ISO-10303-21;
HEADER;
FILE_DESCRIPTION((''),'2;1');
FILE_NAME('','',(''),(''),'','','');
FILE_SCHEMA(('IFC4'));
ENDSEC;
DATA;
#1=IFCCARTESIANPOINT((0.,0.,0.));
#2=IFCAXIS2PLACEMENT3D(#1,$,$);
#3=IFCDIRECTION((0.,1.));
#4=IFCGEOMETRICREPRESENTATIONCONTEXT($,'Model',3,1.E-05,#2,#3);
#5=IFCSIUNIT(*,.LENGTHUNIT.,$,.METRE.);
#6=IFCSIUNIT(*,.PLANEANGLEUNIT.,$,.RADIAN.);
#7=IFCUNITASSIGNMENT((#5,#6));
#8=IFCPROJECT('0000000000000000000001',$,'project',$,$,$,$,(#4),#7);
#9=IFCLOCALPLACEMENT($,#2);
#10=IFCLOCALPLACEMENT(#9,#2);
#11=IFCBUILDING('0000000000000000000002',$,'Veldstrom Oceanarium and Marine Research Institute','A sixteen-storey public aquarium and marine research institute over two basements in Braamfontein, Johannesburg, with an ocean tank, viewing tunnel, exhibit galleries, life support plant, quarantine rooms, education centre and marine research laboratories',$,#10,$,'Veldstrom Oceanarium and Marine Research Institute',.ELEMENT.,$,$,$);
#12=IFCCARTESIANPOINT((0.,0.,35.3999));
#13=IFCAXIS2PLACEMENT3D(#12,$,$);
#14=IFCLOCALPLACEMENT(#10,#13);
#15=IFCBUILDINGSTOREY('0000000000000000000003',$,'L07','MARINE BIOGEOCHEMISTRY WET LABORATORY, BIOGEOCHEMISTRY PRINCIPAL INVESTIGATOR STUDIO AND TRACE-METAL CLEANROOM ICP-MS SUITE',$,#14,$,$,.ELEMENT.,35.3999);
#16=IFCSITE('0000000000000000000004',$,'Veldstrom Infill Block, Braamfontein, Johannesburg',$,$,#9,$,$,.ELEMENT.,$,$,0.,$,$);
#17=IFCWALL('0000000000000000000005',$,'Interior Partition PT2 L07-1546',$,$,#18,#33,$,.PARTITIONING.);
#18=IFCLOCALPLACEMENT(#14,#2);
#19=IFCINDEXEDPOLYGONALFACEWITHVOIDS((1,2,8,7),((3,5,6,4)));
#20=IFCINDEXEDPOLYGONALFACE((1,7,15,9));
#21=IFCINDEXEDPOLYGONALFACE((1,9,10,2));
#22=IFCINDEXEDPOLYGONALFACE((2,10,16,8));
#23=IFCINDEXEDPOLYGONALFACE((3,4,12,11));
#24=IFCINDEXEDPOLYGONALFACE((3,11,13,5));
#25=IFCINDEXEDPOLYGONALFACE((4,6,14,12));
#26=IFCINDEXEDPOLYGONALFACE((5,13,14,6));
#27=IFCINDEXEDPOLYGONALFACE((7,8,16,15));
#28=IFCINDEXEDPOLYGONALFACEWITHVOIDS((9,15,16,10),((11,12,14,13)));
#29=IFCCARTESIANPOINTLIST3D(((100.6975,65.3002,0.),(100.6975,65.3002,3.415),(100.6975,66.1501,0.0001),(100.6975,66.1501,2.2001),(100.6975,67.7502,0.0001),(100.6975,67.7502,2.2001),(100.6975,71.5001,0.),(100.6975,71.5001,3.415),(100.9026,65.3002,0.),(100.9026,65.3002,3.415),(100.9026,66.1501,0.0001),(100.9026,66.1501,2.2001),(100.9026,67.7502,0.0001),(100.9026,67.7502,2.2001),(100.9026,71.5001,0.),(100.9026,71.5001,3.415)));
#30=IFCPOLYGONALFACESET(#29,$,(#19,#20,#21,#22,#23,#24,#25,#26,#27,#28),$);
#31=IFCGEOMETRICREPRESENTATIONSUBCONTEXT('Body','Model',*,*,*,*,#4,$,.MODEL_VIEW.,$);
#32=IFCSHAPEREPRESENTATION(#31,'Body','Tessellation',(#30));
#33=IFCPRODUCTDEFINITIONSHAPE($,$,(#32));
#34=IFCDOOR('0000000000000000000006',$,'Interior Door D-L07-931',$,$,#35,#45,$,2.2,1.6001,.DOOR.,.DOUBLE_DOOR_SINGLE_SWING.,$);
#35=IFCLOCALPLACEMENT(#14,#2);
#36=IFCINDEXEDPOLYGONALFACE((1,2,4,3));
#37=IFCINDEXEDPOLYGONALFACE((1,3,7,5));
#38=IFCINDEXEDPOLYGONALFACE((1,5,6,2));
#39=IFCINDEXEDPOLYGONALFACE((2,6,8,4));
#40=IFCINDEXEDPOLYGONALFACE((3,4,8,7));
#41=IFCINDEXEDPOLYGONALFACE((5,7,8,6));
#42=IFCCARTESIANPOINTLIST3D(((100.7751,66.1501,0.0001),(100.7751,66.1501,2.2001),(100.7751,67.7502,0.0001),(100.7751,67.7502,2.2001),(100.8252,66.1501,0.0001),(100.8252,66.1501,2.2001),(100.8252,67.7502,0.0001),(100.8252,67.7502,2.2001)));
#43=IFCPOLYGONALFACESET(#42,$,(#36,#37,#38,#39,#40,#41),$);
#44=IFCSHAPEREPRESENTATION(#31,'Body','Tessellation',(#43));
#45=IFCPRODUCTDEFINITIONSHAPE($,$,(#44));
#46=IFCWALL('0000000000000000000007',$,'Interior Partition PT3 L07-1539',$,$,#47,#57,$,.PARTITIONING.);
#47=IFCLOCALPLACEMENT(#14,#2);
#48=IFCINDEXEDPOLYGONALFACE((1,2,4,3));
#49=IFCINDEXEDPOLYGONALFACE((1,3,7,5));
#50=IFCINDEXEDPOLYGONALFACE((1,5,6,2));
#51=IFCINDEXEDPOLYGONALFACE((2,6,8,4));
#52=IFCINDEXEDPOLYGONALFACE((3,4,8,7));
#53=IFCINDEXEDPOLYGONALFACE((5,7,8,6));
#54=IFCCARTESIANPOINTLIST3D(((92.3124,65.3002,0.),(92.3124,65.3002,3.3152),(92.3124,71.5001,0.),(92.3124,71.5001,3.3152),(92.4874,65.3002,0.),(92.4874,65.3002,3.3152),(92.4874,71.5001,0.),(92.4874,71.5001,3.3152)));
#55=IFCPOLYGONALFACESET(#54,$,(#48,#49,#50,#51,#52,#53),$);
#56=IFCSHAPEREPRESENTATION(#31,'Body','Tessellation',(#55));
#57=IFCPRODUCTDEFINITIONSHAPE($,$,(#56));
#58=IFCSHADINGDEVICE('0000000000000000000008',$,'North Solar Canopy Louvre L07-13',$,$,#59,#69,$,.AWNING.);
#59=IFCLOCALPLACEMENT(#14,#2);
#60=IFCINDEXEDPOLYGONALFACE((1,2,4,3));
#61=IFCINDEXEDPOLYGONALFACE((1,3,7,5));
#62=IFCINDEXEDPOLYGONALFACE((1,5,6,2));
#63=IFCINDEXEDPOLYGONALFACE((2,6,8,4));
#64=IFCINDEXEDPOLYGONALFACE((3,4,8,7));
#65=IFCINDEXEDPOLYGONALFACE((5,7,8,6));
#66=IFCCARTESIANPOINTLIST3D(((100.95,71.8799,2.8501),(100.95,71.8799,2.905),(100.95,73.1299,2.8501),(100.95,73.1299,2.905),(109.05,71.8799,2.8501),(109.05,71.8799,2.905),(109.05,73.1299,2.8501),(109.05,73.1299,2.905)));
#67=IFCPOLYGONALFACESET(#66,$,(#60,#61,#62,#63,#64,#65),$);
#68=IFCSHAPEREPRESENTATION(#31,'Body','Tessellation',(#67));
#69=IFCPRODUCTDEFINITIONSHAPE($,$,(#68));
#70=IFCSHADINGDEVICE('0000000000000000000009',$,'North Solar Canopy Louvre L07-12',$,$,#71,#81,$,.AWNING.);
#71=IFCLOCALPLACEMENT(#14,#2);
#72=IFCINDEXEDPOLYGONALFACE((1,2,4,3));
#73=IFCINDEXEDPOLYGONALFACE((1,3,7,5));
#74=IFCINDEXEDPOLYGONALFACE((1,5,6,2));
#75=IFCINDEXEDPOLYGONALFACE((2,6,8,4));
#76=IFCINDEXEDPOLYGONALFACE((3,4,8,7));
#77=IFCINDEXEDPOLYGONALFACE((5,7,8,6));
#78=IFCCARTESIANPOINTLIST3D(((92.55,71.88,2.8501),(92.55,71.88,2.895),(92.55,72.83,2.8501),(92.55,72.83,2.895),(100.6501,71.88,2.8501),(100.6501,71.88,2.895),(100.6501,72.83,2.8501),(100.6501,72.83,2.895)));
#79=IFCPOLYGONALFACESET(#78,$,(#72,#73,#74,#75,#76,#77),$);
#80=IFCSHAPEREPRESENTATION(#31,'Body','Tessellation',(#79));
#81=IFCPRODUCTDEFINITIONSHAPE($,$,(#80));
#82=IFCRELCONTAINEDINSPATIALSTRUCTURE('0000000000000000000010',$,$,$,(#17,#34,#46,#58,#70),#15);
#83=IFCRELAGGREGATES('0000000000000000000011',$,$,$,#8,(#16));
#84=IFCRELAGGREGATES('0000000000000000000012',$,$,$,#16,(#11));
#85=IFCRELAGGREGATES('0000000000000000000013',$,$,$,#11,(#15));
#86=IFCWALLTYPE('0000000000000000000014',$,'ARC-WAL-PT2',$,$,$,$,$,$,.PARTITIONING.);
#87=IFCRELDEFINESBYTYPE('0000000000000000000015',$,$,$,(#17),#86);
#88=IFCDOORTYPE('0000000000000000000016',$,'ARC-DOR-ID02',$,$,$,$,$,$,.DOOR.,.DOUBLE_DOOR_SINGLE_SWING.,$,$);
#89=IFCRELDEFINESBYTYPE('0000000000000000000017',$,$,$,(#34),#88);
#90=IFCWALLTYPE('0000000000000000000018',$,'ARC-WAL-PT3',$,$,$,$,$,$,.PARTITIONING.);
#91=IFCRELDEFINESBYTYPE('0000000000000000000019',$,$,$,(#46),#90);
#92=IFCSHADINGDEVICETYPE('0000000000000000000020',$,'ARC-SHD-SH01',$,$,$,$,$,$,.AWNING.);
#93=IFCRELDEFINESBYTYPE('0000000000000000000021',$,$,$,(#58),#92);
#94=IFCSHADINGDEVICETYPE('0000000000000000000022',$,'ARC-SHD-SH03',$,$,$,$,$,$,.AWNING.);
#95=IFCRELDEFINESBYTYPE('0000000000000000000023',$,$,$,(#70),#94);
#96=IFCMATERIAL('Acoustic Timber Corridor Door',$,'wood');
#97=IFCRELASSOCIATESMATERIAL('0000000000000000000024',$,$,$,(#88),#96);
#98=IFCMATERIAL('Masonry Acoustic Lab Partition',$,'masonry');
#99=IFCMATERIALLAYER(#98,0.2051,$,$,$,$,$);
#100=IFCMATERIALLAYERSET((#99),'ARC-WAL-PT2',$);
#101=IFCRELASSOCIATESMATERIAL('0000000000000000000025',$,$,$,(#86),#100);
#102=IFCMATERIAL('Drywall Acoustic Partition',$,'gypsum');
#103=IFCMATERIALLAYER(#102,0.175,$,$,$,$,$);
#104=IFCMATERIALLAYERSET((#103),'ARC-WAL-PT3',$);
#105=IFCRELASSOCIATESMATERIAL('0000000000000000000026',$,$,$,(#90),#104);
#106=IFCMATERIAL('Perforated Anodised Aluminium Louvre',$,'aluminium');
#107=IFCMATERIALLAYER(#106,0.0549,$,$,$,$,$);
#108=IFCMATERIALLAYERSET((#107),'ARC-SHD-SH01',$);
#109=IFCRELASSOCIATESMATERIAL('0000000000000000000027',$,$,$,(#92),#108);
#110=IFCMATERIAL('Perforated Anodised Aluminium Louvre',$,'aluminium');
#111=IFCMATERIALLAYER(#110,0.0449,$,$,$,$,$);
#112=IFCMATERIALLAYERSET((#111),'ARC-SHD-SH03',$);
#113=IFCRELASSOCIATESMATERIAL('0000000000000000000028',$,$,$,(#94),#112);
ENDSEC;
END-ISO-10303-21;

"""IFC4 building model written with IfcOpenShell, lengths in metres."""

from ifc_helpers import new_model, si_unit, direction, frame, frame_2d, origin, origin_2d, place, context, subcontext, project, spatial, rectangle, extrude, material, layer, layer_set, type_object, element, fill, save


model = new_model("IFC4")

# Units and contexts
model_context = context("Model", 3, precision=1e-05, world=origin(), true_north=direction((0.0, 1.0)))
body_context = subcontext(model_context, "Body", "Model", "MODEL_VIEW")
ifc_project = project(units=[si_unit("LENGTHUNIT", "METRE"), si_unit("PLANEANGLEUNIT", "RADIAN")], contexts=[model_context])

# Site, building, storey
site_placement = place(None, origin())
site = spatial("IfcSite", under=ifc_project, at=site_placement, Name="Veldstrom Infill Block, Braamfontein, Johannesburg", CompositionType="ELEMENT", RefElevation=0.0)
building_placement = place(site_placement, origin())
building = spatial("IfcBuilding", under=site, at=building_placement, Name="Veldstrom Oceanarium and Marine Research Institute", Description="A sixteen-storey public aquarium and marine research institute over two basements in Braamfontein, Johannesburg, with an ocean tank, viewing tunnel, exhibit galleries, life support plant, quarantine rooms, education centre and marine research laboratories", LongName="Veldstrom Oceanarium and Marine Research Institute", CompositionType="ELEMENT")
storey_placement = place(building_placement, frame((0.0, 0.0, 35.3999)))
storey = spatial("IfcBuildingStorey", under=building, at=storey_placement, Name="L07", Description="MARINE BIOGEOCHEMISTRY WET LABORATORY, BIOGEOCHEMISTRY PRINCIPAL INVESTIGATOR STUDIO AND TRACE-METAL CLEANROOM ICP-MS SUITE", CompositionType="ELEMENT", Elevation=35.3999)

# Wall, opening, door
ifc_material_1 = material(Name="Acoustic Timber Corridor Door", Category="wood")
door_type = type_object("IfcDoorType", Name="ARC-DOR-ID02", OperationType="DOUBLE_DOOR_SINGLE_SWING", PredefinedType="DOOR", material=ifc_material_1)
ifc_material_2 = material(Name="Masonry Acoustic Lab Partition", Category="masonry")
ifc_layer_1 = layer(ifc_material_2, 0.2051)
ifc_layer_set_1 = layer_set([ifc_layer_1], Name="ARC-WAL-PT2")
wall_type_1 = type_object("IfcWallType", Name="ARC-WAL-PT2", PredefinedType="PARTITIONING", material=ifc_layer_set_1)
wall_1_placement = place(storey_placement, frame((100.8, 65.3, 0.0), z_axis=(0.0, 0.0, 1.0), x_axis=(0.0, 1.0, 0.0)))
wall_1 = element("IfcWall", 1, at=wall_1_placement, inside=storey, type_object=wall_type_1, Name="Interior Partition PT2 L07-1546", PredefinedType="PARTITIONING", context=body_context, shape_type="SweptSolid", body=[
    extrude(rectangle(XDim=6.2, YDim=0.2051, at=frame_2d((3.1001, 0.0))), origin(), (0.0, 0.0, 1.0), 3.415),
])
opening_1_placement = place(wall_1_placement, frame((0.8501, 0.0, 0.0)))
opening_1 = element("IfcOpeningElement", 2, at=opening_1_placement, cuts=wall_1, PredefinedType="OPENING", context=body_context, shape_type="SweptSolid", body=[
    extrude(rectangle(XDim=1.6001, YDim=2.2, at=frame_2d((0.8, 1.1001))), frame((0.0, 0.1125, 0.0), z_axis=(0.0, -1.0, 0.0), x_axis=(1.0, 0.0, 0.0)), (0.0, 0.0, 1.0), 0.2251),
])
door_1_placement = place(opening_1_placement, origin())
door_1 = element("IfcDoor", 3, at=door_1_placement, inside=storey, type_object=door_type, Name="Interior Door D-L07-931", OperationType="DOUBLE_DOOR_SINGLE_SWING", OverallHeight=2.2, OverallWidth=1.6001, PredefinedType="DOOR", context=body_context, shape_type="SweptSolid", body=[
    extrude(rectangle(XDim=1.6001, YDim=2.2, at=frame_2d((0.8, 1.1001))), frame((0.0, 0.0249, 0.0), z_axis=(0.0, -1.0, 0.0), x_axis=(1.0, 0.0, 0.0)), (0.0, 0.0, 1.0), 0.05),
])
fill(opening_1, door_1)

# Wall
ifc_material_3 = material(Name="Drywall Acoustic Partition", Category="gypsum")
ifc_layer_2 = layer(ifc_material_3, 0.175)
ifc_layer_set_2 = layer_set([ifc_layer_2], Name="ARC-WAL-PT3")
wall_type_2 = type_object("IfcWallType", Name="ARC-WAL-PT3", PredefinedType="PARTITIONING", material=ifc_layer_set_2)
wall_2_placement = place(storey_placement, frame((92.3999, 65.3, 0.0), z_axis=(0.0, 0.0, 1.0), x_axis=(0.0, 1.0, 0.0)))
element("IfcWall", 4, at=wall_2_placement, inside=storey, type_object=wall_type_2, Name="Interior Partition PT3 L07-1539", PredefinedType="PARTITIONING", context=body_context, shape_type="SweptSolid", body=[
    extrude(rectangle(XDim=6.2, YDim=0.175, at=frame_2d((3.1001, 0.0))), origin(), (0.0, 0.0, 1.0), 3.3152),
])

# Shading devices
ifc_material_4 = material(Name="Perforated Anodised Aluminium Louvre", Category="aluminium")
ifc_layer_3 = layer(ifc_material_4, 0.0549)
ifc_layer_set_3 = layer_set([ifc_layer_3], Name="ARC-SHD-SH01")
shading_device_type_1 = type_object("IfcShadingDeviceType", Name="ARC-SHD-SH01", PredefinedType="AWNING", material=ifc_layer_set_3)
shading_device_1_placement = place(storey_placement, frame((105.0, 72.5049, 2.8501), z_axis=(0.0, 0.0, 1.0), x_axis=(1.0, 0.0, 0.0)))
element("IfcShadingDevice", 5, at=shading_device_1_placement, inside=storey, type_object=shading_device_type_1, Name="North Solar Canopy Louvre L07-13", PredefinedType="AWNING", context=body_context, shape_type="SweptSolid", body=[
    extrude(rectangle(XDim=8.1001, YDim=1.25, at=origin_2d()), origin(), (0.0, 0.0, 1.0), 0.0549),
])
ifc_material_5 = material(Name="Perforated Anodised Aluminium Louvre", Category="aluminium")
ifc_layer_4 = layer(ifc_material_5, 0.0449)
ifc_layer_set_4 = layer_set([ifc_layer_4], Name="ARC-SHD-SH03")
shading_device_type_2 = type_object("IfcShadingDeviceType", Name="ARC-SHD-SH03", PredefinedType="AWNING", material=ifc_layer_set_4)
shading_device_2_placement = place(storey_placement, frame((96.6001, 72.355, 2.8501), z_axis=(0.0, 0.0, 1.0), x_axis=(1.0, 0.0, 0.0)))
element("IfcShadingDevice", 6, at=shading_device_2_placement, inside=storey, type_object=shading_device_type_2, Name="North Solar Canopy Louvre L07-12", PredefinedType="AWNING", context=body_context, shape_type="SweptSolid", body=[
    extrude(rectangle(XDim=8.1001, YDim=0.95, at=origin_2d()), origin(), (0.0, 0.0, 1.0), 0.0449),
])

save(model, "model.ifc")
